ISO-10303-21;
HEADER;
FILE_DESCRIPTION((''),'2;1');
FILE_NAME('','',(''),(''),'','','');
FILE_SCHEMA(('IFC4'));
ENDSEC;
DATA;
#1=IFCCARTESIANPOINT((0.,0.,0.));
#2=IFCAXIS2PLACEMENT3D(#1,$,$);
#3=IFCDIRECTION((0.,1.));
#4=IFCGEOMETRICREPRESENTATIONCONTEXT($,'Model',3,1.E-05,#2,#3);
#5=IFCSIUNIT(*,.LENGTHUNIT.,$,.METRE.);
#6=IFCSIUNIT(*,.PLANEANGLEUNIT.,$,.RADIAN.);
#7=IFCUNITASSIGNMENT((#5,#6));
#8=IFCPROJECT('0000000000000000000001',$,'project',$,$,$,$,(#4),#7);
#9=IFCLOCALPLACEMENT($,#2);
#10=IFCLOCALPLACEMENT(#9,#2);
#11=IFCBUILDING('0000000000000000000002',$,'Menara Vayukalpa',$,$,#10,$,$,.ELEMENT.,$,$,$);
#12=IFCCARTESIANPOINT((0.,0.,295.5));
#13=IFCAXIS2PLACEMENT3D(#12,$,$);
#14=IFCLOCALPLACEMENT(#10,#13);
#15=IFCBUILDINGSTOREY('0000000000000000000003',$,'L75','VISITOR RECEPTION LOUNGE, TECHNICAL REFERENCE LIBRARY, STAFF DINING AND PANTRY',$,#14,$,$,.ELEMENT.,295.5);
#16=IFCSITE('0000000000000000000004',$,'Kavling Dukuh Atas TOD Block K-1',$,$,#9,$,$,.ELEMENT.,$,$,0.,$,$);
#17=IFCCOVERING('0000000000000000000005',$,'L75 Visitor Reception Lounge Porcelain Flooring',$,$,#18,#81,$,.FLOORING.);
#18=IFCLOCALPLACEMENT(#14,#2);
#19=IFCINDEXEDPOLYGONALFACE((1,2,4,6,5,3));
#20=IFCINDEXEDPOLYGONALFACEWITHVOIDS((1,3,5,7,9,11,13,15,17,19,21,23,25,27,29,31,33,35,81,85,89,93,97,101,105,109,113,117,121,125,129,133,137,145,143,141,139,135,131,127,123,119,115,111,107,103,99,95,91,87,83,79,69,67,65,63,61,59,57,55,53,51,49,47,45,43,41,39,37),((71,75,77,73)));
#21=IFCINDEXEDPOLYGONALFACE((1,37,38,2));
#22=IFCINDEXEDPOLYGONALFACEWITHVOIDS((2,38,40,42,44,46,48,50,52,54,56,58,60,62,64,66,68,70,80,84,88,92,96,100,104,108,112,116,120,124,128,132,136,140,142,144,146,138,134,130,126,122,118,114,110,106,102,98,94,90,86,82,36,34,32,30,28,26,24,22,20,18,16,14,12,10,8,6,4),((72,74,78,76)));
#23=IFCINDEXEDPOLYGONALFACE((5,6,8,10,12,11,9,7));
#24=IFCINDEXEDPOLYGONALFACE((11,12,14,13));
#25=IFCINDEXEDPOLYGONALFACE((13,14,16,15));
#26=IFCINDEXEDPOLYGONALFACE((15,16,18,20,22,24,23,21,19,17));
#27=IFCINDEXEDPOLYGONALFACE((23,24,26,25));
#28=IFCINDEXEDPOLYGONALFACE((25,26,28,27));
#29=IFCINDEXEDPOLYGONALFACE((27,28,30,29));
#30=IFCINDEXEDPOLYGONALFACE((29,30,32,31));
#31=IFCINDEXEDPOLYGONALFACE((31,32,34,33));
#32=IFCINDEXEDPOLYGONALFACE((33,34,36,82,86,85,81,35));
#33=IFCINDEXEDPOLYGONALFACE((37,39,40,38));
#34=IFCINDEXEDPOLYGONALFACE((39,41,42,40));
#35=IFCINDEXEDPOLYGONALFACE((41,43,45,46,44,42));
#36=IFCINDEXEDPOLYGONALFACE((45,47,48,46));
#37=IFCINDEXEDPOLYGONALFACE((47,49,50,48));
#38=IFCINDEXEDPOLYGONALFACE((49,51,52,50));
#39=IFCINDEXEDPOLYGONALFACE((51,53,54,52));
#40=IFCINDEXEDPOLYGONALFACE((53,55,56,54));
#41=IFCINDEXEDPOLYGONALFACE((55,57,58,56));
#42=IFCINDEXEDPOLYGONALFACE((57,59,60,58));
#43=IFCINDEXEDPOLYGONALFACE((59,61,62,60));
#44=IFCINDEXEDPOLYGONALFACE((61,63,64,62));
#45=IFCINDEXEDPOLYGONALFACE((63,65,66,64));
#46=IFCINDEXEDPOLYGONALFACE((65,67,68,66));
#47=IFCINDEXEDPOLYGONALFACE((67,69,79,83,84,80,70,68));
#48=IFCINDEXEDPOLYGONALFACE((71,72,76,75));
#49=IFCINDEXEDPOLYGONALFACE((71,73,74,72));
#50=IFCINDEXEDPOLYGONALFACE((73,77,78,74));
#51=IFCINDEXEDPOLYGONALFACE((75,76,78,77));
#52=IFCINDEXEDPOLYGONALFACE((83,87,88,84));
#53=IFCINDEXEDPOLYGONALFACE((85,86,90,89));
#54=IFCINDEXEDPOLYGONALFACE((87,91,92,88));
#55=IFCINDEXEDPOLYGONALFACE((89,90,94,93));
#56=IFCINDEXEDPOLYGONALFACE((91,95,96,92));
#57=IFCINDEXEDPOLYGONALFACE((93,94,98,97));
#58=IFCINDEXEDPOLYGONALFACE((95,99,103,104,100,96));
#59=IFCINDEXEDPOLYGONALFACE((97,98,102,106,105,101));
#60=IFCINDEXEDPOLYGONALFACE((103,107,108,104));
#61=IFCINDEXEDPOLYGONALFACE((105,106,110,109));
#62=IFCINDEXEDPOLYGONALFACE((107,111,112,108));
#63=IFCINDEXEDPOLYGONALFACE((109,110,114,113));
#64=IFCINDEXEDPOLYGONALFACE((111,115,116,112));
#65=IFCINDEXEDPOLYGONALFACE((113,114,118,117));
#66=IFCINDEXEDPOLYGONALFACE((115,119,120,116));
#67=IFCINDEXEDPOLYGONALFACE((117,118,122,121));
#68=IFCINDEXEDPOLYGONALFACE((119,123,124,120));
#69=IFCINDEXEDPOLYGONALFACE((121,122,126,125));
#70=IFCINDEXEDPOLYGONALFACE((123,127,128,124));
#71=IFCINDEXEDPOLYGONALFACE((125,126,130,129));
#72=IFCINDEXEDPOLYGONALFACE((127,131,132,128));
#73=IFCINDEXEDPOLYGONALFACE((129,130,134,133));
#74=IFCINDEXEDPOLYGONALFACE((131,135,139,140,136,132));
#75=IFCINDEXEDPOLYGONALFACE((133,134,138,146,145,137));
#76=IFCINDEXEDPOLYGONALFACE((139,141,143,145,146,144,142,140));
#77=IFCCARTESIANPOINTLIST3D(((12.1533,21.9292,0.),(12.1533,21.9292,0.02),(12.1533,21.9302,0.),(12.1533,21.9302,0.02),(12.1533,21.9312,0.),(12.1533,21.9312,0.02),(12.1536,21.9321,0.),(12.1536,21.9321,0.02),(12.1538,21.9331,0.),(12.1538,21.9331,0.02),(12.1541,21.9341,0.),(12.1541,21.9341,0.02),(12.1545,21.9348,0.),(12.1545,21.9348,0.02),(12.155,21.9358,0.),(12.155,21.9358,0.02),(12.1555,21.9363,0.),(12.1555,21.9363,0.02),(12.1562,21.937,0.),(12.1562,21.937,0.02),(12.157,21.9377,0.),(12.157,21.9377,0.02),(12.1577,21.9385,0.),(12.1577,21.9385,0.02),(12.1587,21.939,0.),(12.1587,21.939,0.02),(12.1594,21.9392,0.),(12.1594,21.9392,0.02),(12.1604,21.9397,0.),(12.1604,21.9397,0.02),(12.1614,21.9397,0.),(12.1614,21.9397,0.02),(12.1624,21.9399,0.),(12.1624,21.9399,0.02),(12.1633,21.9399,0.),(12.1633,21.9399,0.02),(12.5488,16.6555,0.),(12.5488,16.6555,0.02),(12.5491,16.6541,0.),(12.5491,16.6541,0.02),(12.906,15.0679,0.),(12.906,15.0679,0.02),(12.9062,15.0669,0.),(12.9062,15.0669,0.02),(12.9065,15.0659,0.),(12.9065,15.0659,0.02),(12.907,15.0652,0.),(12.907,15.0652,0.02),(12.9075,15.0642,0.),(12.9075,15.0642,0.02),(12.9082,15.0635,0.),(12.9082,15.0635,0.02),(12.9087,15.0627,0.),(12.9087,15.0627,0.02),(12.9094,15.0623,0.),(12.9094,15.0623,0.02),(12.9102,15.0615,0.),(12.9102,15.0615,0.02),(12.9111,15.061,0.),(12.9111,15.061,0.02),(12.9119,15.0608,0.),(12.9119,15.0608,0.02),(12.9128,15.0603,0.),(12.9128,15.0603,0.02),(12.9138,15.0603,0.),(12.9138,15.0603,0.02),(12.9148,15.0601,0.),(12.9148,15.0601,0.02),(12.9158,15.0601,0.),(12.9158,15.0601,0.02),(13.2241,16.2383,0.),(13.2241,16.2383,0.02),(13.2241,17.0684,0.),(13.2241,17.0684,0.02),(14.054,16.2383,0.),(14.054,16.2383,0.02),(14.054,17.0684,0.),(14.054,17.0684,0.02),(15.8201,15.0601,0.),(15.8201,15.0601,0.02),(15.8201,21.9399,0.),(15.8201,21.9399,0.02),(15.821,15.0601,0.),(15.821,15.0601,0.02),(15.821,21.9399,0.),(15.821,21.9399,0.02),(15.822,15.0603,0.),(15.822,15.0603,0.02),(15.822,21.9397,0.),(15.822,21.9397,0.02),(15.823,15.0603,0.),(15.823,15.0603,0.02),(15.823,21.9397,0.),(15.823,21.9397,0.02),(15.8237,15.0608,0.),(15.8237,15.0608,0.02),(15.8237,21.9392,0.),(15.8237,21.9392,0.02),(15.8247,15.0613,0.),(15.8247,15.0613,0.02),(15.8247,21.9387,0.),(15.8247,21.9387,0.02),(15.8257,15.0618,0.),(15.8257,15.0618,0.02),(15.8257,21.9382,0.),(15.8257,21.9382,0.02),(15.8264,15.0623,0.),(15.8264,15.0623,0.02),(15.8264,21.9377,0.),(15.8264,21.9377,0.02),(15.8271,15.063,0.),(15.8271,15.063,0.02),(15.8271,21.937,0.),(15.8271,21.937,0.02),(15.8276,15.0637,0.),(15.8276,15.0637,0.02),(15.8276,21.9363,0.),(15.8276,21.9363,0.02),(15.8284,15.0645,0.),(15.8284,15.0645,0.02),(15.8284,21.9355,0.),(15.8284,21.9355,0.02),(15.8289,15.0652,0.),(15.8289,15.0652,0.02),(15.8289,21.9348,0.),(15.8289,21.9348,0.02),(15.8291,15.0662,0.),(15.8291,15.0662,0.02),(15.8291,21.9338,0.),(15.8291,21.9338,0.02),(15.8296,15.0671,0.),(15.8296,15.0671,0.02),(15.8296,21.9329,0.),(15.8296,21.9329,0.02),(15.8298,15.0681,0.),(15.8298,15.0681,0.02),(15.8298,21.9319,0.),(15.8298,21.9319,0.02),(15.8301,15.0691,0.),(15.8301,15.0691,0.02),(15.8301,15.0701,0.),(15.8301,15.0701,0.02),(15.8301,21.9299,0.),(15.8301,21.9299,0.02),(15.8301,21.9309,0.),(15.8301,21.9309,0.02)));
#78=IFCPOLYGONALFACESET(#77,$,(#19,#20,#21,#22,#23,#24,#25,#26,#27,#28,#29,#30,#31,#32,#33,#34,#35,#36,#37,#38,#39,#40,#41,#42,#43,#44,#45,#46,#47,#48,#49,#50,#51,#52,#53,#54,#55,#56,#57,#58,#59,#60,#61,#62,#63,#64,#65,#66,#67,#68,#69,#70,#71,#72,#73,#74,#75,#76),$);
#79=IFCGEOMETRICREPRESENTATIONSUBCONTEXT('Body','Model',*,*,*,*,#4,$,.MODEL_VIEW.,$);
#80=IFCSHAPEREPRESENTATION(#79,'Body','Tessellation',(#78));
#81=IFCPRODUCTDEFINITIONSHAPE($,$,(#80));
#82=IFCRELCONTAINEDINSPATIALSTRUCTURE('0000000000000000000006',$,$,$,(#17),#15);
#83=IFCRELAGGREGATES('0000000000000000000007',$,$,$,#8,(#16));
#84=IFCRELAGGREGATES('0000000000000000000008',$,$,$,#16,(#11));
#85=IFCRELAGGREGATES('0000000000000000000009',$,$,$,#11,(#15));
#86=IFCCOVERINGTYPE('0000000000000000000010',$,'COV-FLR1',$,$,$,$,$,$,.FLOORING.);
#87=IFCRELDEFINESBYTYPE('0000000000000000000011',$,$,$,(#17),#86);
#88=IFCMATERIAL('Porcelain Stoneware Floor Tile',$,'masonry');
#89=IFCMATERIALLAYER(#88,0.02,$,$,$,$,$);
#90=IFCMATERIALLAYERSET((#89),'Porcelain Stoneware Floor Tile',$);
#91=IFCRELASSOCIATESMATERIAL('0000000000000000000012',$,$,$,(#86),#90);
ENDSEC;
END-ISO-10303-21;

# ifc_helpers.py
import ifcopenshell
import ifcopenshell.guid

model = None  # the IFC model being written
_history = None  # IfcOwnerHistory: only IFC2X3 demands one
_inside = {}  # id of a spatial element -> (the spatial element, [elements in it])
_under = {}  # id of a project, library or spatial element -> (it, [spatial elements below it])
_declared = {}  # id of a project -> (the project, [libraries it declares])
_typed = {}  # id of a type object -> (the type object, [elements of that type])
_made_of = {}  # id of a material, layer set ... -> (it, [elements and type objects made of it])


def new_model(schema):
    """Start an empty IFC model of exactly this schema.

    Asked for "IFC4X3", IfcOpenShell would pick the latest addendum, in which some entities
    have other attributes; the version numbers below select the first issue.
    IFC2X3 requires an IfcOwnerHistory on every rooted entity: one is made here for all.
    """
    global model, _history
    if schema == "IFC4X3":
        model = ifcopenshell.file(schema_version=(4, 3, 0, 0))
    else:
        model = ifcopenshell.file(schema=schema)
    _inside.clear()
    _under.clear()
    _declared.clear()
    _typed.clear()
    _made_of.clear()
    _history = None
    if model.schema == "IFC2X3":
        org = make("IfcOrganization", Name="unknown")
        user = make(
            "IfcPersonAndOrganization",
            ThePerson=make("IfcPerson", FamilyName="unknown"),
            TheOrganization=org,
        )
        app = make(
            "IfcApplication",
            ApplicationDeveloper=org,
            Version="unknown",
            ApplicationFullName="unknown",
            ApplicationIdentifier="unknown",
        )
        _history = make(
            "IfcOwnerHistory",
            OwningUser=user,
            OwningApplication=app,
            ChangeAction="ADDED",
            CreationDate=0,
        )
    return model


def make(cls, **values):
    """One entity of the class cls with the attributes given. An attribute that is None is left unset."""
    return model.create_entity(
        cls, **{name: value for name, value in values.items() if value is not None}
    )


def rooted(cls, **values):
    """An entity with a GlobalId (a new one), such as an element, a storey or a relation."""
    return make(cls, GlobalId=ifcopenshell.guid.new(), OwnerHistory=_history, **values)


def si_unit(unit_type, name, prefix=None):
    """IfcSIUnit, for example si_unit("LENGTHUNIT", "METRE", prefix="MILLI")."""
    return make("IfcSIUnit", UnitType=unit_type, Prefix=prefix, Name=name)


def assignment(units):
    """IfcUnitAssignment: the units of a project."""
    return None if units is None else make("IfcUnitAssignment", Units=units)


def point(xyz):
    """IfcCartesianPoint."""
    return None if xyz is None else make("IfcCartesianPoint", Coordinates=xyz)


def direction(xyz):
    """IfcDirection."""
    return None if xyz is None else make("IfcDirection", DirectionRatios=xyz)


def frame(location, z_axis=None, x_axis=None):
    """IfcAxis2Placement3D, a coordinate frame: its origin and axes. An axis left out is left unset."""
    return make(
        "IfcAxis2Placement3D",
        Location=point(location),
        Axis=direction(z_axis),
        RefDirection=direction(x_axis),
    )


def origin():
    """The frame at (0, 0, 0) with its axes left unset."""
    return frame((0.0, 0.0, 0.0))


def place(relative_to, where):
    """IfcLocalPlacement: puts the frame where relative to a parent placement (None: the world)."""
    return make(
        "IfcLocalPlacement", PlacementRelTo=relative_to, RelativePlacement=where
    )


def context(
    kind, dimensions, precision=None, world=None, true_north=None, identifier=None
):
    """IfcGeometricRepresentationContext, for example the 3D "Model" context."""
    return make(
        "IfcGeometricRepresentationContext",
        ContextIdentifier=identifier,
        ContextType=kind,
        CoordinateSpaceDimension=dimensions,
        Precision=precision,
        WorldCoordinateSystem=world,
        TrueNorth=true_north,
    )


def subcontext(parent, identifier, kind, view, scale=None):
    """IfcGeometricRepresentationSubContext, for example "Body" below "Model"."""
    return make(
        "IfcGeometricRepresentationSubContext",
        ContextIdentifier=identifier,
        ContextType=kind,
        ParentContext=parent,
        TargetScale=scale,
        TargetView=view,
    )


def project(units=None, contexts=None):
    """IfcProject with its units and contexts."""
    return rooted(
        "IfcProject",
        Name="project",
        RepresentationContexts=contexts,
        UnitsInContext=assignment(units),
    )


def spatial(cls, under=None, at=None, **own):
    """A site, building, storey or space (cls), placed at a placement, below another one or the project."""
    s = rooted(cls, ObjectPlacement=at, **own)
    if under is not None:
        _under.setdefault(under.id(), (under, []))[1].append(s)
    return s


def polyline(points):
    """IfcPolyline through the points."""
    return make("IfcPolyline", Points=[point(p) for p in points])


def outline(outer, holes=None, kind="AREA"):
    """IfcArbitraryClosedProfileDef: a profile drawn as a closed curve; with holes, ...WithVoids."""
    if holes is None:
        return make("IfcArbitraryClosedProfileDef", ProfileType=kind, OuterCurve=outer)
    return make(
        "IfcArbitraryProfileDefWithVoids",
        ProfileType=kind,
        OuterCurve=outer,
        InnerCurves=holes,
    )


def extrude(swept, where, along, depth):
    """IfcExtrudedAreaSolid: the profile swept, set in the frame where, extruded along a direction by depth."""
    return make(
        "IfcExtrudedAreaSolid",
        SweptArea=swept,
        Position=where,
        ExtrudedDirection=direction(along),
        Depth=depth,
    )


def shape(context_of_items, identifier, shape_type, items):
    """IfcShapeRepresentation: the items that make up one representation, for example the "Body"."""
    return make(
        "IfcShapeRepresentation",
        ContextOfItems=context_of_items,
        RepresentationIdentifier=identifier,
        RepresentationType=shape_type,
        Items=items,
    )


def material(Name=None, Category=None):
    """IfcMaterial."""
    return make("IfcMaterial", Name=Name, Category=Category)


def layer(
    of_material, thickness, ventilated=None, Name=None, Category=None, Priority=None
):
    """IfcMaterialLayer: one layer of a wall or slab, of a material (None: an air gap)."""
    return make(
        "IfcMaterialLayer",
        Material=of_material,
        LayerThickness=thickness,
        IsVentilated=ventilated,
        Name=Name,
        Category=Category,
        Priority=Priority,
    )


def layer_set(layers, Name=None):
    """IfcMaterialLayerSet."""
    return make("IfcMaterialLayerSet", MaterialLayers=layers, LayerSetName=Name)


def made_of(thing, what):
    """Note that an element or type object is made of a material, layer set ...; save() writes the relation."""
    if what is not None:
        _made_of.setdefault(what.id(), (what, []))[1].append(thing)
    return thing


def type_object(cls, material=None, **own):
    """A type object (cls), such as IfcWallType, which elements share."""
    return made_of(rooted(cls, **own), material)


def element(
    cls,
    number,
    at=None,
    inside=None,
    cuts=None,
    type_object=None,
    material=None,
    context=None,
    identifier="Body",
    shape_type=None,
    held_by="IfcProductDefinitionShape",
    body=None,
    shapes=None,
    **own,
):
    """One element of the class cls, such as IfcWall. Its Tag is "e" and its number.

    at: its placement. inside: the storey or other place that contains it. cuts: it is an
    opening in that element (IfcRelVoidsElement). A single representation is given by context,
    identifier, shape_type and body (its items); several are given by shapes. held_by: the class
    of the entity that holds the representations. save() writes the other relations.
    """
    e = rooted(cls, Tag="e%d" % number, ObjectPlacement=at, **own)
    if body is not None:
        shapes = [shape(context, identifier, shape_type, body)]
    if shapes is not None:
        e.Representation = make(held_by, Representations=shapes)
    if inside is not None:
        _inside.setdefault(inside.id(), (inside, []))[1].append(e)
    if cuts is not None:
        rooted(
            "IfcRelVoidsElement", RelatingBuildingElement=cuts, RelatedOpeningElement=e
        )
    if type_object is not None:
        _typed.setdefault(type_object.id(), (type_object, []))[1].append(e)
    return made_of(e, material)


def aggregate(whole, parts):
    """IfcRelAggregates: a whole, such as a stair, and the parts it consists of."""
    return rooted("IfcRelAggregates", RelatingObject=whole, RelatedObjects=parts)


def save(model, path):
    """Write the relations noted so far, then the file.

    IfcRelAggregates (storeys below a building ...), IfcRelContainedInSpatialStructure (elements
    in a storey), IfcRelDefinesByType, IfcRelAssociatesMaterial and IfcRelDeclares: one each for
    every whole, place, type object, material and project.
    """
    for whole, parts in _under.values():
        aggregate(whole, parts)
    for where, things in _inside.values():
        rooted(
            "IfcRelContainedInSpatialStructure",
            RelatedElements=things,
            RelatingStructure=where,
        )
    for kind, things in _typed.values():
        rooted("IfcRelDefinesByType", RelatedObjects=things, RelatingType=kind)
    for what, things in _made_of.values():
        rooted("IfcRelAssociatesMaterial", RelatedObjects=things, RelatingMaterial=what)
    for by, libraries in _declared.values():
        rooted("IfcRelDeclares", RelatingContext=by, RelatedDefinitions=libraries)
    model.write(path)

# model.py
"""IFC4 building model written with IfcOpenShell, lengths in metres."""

from ifc_helpers import new_model, si_unit, direction, frame, origin, place, context, subcontext, project, spatial, polyline, outline, extrude, material, layer, layer_set, type_object, element, save


model = new_model("IFC4")

# Units and contexts
model_context = context("Model", 3, precision=1e-05, world=origin(), true_north=direction((0.0, 1.0)))
body_context = subcontext(model_context, "Body", "Model", "MODEL_VIEW")
ifc_project = project(units=[si_unit("LENGTHUNIT", "METRE"), si_unit("PLANEANGLEUNIT", "RADIAN")], contexts=[model_context])

# Site, building, storey
site_placement = place(None, origin())
site = spatial("IfcSite", under=ifc_project, at=site_placement, Name="Kavling Dukuh Atas TOD Block K-1", CompositionType="ELEMENT", RefElevation=0.0)
building_placement = place(site_placement, origin())
building = spatial("IfcBuilding", under=site, at=building_placement, Name="Menara Vayukalpa", CompositionType="ELEMENT")
storey_placement = place(building_placement, frame((0.0, 0.0, 295.5)))
storey = spatial("IfcBuildingStorey", under=building, at=storey_placement, Name="L75", Description="VISITOR RECEPTION LOUNGE, TECHNICAL REFERENCE LIBRARY, STAFF DINING AND PANTRY", CompositionType="ELEMENT", Elevation=295.5)

# Covering
ifc_material_1 = material(Name="Porcelain Stoneware Floor Tile", Category="masonry")
ifc_layer_1 = layer(ifc_material_1, 0.02)
ifc_layer_set_1 = layer_set([ifc_layer_1], Name="Porcelain Stoneware Floor Tile")
covering_type_1 = type_object("IfcCoveringType", Name="COV-FLR1", PredefinedType="FLOORING", material=ifc_layer_set_1)
covering_1_placement = place(storey_placement, origin())
element("IfcCovering", 1, at=covering_1_placement, inside=storey, type_object=covering_type_1, Name="L75 Visitor Reception Lounge Porcelain Flooring", PredefinedType="FLOORING", context=body_context, shape_type="SweptSolid", body=[
    extrude(outline(polyline([(12.1533, 21.9292), (12.1533, 21.9302), (12.1533, 21.9312), (12.1536, 21.9321), (12.1538, 21.9331), (12.1541, 21.9341), (12.1545, 21.9348), (12.155, 21.9358), (12.1555, 21.9363), (12.1562, 21.937), (12.157, 21.9377), (12.1577, 21.9385), (12.1587, 21.939), (12.1594, 21.9392), (12.1604, 21.9397), (12.1614, 21.9397), (12.1624, 21.9399), (12.1633, 21.9399), (15.8201, 21.9399), (15.821, 21.9399), (15.822, 21.9397), (15.823, 21.9397), (15.8237, 21.9392), (15.8247, 21.9387), (15.8257, 21.9382), (15.8264, 21.9377), (15.8271, 21.937), (15.8276, 21.9363), (15.8284, 21.9355), (15.8289, 21.9348), (15.8291, 21.9338), (15.8296, 21.9329), (15.8298, 21.9319), (15.8301, 21.9309), (15.8301, 21.9299), (15.8301, 15.0701), (15.8301, 15.0691), (15.8298, 15.0681), (15.8296, 15.0671), (15.8291, 15.0662), (15.8289, 15.0652), (15.8284, 15.0645), (15.8276, 15.0637), (15.8271, 15.063), (15.8264, 15.0623), (15.8257, 15.0618), (15.8247, 15.0613), (15.8237, 15.0608), (15.823, 15.0603), (15.822, 15.0603), (15.821, 15.0601), (15.8201, 15.0601), (12.9158, 15.0601), (12.9148, 15.0601), (12.9138, 15.0603), (12.9128, 15.0603), (12.9119, 15.0608), (12.9111, 15.061), (12.9102, 15.0615), (12.9094, 15.0623), (12.9087, 15.0627), (12.9082, 15.0635), (12.9075, 15.0642), (12.907, 15.0652), (12.9065, 15.0659), (12.9062, 15.0669), (12.906, 15.0679), (12.5491, 16.6541), (12.5488, 16.6555), (12.1533, 21.9292)]), holes=[polyline([(14.054, 17.0684), (13.2241, 17.0684), (13.2241, 16.2383), (14.054, 16.2383), (14.054, 17.0684)])]), origin(), (0.0, 0.0, 1.0), 0.02),
])

save(model, "model.ifc")
